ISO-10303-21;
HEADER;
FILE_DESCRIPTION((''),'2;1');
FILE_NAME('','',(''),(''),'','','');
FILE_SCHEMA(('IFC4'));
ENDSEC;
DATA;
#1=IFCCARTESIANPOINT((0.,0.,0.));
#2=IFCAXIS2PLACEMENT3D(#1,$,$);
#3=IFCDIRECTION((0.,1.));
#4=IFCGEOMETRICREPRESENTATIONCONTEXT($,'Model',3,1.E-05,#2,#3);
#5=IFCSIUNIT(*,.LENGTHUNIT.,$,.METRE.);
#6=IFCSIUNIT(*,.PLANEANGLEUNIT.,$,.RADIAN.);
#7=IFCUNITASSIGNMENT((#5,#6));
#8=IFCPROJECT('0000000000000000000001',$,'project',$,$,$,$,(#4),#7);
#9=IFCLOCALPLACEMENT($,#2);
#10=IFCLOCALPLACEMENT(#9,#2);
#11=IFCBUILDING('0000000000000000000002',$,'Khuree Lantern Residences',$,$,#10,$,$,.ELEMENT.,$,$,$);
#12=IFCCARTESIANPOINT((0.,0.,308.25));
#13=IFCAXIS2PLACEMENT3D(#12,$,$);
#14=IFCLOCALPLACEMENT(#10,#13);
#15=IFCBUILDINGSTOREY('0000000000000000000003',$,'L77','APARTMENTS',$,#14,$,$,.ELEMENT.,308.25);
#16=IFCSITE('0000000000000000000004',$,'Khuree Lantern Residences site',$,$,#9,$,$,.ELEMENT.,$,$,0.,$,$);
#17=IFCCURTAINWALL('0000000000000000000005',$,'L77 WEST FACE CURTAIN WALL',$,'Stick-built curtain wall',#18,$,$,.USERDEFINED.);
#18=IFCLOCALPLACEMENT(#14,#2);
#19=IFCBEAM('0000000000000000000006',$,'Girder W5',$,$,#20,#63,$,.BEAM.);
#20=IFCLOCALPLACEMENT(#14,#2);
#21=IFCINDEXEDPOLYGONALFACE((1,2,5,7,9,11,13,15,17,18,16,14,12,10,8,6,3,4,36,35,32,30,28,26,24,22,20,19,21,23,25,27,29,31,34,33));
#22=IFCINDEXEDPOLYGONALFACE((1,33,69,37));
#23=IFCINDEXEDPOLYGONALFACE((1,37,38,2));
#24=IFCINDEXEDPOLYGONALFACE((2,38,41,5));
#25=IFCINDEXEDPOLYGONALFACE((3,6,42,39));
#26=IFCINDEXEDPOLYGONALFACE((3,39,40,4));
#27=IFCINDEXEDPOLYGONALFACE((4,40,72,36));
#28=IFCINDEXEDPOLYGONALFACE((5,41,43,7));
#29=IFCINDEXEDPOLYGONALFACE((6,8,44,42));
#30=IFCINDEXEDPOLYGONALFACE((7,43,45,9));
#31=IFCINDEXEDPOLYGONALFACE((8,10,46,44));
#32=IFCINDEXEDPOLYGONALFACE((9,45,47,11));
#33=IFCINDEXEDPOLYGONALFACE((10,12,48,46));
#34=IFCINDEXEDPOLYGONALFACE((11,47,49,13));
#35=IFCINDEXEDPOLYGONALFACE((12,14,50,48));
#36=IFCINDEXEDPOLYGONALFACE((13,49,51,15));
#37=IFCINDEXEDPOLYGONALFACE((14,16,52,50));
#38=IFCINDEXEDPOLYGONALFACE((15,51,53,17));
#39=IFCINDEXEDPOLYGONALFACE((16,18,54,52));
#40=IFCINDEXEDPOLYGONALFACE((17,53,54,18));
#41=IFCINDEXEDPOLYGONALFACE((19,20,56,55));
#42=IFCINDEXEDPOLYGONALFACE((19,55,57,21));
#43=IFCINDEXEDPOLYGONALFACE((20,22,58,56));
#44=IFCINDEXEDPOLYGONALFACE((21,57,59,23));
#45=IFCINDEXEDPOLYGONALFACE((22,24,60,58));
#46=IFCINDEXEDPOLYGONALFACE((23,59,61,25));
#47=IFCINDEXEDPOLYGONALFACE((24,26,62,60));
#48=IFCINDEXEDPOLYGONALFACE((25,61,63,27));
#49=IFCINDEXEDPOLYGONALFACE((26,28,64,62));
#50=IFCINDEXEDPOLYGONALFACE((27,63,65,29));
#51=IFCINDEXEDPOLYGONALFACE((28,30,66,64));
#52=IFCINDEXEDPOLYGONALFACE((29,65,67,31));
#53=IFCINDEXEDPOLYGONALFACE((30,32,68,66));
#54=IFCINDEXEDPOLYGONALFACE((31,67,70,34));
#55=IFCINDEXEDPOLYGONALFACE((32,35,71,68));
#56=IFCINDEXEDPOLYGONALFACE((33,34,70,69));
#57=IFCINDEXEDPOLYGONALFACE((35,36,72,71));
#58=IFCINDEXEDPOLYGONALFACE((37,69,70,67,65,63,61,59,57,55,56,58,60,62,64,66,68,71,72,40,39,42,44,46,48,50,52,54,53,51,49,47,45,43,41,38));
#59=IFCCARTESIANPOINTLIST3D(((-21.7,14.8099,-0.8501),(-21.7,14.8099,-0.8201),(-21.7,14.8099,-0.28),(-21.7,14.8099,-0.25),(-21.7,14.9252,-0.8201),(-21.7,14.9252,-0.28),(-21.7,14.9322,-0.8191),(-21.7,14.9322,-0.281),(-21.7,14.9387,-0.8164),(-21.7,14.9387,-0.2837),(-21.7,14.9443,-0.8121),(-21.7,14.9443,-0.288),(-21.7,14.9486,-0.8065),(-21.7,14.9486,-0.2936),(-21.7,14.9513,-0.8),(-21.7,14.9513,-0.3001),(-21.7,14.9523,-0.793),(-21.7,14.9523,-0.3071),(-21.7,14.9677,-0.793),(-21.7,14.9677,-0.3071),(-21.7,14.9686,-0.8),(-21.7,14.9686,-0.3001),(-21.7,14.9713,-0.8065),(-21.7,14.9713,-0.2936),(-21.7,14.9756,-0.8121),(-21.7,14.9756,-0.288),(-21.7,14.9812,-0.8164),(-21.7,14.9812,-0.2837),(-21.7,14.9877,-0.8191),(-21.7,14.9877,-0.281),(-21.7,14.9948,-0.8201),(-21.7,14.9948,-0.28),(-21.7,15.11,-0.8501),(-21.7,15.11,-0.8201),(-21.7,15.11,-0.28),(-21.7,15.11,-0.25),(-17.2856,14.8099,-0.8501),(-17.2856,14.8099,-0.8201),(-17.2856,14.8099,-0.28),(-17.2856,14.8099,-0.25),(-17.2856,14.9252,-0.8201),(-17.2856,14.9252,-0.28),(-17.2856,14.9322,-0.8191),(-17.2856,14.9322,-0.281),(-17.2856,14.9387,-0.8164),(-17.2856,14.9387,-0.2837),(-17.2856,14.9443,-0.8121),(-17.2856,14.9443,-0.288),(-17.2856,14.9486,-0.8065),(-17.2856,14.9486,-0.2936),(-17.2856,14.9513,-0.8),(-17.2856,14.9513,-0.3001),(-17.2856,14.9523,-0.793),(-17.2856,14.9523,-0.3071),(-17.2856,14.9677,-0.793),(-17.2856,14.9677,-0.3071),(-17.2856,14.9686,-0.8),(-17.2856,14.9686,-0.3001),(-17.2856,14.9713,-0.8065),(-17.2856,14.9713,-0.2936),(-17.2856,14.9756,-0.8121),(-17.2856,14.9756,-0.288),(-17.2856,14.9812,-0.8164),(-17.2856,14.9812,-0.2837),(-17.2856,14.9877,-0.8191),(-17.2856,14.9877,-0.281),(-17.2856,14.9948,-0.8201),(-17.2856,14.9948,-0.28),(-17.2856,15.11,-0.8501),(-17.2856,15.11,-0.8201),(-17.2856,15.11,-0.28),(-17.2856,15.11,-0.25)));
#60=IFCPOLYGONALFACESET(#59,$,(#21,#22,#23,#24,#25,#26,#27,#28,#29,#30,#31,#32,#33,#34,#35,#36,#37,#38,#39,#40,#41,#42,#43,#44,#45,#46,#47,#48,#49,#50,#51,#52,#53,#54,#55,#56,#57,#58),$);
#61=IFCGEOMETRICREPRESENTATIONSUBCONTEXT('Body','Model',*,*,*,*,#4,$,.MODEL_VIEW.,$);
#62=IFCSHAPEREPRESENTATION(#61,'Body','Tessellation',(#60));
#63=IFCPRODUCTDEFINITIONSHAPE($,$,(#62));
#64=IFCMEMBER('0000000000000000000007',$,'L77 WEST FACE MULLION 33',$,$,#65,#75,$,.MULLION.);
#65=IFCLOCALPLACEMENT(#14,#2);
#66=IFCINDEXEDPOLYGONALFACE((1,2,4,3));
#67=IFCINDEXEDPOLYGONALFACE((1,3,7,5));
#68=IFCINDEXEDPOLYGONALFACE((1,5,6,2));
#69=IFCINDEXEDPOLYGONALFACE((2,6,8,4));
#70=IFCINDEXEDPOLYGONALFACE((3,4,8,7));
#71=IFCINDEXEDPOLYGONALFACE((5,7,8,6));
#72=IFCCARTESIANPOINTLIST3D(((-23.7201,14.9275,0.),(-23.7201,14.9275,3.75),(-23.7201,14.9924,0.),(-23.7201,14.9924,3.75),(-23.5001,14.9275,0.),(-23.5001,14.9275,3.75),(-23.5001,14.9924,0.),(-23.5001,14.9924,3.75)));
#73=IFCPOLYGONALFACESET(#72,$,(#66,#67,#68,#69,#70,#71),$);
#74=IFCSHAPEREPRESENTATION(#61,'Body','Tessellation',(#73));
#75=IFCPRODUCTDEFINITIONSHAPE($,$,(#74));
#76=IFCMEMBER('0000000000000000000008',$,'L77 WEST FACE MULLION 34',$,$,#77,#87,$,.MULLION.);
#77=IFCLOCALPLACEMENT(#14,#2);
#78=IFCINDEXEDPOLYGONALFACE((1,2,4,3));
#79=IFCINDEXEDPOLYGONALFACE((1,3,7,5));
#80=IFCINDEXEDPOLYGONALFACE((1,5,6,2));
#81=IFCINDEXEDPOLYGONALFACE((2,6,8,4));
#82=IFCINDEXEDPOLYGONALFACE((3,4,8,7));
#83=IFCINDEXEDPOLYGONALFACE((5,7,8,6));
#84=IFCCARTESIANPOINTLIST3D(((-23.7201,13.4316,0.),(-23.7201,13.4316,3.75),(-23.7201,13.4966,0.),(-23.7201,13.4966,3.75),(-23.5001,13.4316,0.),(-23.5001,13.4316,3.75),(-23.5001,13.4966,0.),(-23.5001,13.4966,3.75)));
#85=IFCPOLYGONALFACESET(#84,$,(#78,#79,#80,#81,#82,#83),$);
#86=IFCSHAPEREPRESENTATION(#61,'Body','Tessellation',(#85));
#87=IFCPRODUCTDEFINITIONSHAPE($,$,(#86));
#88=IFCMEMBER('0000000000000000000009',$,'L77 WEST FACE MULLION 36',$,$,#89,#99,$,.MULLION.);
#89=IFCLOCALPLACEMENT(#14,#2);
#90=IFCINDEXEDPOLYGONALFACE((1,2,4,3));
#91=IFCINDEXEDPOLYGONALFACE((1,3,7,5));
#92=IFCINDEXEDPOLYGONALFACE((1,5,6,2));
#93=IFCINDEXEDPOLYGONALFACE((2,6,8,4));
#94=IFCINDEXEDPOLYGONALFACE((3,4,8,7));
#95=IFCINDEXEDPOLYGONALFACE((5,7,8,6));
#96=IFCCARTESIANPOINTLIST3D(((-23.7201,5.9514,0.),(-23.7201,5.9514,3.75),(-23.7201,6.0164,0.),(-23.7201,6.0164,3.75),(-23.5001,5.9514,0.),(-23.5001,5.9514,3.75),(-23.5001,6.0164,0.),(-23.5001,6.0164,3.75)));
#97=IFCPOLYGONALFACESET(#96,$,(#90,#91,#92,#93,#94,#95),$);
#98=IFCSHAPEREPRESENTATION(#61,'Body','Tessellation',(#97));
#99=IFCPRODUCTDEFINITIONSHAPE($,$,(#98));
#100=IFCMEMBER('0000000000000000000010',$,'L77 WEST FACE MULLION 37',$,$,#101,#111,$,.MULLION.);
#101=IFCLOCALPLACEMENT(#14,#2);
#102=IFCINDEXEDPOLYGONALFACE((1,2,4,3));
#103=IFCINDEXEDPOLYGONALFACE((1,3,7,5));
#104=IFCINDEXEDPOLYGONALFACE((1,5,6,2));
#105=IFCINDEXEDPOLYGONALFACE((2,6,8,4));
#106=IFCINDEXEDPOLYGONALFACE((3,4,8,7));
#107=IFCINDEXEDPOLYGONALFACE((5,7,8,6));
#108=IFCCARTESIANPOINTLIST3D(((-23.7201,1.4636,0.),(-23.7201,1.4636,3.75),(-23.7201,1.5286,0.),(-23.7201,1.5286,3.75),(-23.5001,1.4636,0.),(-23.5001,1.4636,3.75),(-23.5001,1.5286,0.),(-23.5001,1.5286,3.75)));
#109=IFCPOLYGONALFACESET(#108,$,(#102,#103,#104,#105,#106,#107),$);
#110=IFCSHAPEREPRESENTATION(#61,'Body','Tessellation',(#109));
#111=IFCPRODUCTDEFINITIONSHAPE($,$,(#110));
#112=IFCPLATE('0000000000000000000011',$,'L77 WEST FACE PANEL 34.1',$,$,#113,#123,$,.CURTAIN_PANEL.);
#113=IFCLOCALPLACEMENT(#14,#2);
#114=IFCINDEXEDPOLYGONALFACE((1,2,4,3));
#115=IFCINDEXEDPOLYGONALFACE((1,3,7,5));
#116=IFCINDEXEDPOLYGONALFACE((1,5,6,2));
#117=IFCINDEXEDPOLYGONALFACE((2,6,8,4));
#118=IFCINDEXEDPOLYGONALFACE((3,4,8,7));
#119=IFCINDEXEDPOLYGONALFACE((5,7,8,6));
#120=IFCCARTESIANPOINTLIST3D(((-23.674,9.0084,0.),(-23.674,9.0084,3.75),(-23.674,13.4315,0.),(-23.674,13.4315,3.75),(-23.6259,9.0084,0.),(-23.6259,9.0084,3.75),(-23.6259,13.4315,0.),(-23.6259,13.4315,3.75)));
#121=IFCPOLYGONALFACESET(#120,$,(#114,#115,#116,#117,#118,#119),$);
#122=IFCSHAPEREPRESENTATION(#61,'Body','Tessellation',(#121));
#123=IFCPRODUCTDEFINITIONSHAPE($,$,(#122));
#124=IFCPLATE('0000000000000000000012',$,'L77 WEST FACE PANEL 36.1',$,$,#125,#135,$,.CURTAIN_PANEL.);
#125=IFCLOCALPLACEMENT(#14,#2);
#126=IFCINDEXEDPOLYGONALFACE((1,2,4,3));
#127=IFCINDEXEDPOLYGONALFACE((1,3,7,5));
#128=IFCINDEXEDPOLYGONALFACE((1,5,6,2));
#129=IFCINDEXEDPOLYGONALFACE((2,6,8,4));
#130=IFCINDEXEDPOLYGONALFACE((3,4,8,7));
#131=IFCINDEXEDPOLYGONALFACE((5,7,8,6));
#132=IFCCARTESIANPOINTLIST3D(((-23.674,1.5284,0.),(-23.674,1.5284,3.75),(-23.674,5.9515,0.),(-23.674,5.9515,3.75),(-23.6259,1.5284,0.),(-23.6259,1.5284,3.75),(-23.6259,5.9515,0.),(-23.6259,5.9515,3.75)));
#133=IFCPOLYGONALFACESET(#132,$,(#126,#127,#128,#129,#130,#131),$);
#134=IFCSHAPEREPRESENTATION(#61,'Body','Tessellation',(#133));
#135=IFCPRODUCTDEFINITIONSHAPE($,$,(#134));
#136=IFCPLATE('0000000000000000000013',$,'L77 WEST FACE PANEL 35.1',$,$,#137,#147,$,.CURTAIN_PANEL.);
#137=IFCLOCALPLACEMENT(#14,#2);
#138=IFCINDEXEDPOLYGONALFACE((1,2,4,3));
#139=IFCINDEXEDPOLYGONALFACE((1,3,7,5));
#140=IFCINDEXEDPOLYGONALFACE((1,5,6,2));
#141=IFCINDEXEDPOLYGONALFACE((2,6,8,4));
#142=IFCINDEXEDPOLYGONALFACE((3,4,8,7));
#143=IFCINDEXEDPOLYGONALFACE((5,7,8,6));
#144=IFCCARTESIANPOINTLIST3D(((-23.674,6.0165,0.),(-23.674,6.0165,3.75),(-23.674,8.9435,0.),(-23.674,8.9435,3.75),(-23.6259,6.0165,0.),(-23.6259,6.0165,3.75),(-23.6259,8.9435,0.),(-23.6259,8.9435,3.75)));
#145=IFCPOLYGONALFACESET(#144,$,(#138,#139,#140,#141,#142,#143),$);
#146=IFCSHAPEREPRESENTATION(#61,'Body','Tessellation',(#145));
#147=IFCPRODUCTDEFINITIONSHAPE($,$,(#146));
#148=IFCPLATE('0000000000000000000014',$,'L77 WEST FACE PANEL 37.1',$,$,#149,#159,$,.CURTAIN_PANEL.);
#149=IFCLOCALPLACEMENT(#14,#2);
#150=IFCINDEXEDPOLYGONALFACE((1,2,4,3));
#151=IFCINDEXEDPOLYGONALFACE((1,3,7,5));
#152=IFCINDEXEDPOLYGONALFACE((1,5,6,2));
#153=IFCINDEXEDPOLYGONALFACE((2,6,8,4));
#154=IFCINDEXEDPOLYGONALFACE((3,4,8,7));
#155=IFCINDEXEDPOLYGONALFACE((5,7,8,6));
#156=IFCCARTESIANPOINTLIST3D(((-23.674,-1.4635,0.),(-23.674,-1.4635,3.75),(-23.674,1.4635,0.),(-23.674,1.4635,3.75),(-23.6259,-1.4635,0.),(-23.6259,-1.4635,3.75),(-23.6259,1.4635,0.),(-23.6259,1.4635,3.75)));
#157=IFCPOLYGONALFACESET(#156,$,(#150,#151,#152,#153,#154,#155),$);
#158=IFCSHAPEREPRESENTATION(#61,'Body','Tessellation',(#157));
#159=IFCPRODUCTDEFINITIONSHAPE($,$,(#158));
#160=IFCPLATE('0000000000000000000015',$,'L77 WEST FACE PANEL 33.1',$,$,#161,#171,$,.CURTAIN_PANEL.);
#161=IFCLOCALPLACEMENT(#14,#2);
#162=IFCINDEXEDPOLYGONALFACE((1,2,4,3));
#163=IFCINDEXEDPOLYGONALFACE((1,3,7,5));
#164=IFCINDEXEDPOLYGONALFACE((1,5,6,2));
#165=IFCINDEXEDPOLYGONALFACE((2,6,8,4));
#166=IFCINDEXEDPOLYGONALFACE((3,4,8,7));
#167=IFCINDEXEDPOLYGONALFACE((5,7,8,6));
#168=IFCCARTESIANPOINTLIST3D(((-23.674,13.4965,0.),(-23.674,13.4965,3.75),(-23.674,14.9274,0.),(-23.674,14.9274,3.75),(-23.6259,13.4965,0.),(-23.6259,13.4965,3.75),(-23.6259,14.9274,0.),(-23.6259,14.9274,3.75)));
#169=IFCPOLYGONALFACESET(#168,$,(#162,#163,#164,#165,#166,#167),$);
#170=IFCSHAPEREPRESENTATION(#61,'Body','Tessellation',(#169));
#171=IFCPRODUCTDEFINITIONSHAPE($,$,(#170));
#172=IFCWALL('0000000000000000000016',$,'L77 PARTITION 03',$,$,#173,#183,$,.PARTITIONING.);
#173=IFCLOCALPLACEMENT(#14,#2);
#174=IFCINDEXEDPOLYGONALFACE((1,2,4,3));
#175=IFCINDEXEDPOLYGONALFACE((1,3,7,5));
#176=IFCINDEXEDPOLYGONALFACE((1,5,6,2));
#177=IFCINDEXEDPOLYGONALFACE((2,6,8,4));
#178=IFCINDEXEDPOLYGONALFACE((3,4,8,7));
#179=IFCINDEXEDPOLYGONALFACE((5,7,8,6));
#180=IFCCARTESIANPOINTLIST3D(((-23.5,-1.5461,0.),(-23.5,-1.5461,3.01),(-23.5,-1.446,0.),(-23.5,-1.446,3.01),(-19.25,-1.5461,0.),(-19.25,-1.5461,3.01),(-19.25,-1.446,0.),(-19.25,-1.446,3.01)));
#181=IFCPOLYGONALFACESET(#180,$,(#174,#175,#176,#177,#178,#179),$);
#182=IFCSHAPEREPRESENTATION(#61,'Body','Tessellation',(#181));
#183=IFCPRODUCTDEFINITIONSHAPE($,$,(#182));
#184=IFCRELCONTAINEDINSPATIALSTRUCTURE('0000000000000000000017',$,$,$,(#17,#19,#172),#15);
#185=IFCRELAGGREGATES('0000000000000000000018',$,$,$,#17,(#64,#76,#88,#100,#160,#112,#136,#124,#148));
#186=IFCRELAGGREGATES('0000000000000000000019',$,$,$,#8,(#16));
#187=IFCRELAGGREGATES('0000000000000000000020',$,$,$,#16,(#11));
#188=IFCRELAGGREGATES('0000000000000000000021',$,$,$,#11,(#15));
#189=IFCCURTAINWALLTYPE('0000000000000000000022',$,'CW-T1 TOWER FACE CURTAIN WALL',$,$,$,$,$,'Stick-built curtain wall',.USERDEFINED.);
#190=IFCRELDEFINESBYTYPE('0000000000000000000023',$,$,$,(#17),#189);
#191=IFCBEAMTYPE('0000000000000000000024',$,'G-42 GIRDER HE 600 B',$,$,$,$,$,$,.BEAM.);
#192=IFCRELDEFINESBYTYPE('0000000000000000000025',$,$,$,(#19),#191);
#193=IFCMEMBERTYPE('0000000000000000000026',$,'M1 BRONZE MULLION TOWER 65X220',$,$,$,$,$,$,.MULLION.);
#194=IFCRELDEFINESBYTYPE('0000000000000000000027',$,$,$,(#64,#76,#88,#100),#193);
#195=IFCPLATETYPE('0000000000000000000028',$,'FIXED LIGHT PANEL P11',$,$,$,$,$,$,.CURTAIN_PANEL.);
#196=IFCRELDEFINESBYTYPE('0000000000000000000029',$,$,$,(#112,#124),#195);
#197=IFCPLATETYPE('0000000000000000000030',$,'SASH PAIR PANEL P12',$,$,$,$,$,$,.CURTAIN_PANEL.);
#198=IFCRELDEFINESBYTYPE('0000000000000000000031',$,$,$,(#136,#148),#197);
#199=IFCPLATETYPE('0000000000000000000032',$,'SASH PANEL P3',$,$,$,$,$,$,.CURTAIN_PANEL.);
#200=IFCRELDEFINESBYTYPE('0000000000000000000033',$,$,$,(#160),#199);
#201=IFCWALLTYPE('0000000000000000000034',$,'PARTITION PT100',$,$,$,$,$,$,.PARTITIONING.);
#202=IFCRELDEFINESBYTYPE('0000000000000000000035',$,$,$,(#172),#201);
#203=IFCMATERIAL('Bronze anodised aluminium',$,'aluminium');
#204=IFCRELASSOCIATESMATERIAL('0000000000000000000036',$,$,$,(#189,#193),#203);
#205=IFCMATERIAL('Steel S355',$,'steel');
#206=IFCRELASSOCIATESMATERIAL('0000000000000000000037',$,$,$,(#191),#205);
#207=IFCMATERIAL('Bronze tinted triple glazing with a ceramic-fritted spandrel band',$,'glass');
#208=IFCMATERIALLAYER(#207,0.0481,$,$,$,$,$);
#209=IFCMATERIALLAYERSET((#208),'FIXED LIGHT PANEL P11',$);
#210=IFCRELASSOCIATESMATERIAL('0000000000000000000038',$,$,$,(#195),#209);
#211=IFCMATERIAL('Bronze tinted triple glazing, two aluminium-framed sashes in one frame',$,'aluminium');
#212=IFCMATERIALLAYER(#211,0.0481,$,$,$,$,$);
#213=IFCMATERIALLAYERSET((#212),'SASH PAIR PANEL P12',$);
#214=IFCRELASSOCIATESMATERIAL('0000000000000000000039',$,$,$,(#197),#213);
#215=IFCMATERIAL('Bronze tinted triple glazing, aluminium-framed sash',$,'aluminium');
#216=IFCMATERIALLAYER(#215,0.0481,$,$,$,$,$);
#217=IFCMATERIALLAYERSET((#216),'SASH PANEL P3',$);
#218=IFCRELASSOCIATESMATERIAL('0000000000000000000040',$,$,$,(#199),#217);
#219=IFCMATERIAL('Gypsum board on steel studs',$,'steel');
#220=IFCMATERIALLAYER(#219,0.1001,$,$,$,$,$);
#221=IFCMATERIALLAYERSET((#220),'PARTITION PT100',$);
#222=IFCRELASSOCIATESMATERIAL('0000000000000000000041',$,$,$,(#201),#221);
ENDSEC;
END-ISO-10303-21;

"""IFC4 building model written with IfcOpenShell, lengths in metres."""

from ifc_helpers import new_model, si_unit, direction, frame, frame_2d, origin, origin_2d, place, context, subcontext, project, spatial, rectangle, i_section, extrude, material, layer, layer_set, material_profile, profile_set, type_object, element, aggregate, save


model = new_model("IFC4")

# Units and contexts
model_context = context("Model", 3, precision=1e-05, world=origin(), true_north=direction((0.0, 1.0)))
body_context = subcontext(model_context, "Body", "Model", "MODEL_VIEW")
ifc_project = project(units=[si_unit("LENGTHUNIT", "METRE"), si_unit("PLANEANGLEUNIT", "RADIAN")], contexts=[model_context])

# Site, building, storey
site_placement = place(None, origin())
site = spatial("IfcSite", under=ifc_project, at=site_placement, Name="Khuree Lantern Residences site", CompositionType="ELEMENT", RefElevation=0.0)
building_placement = place(site_placement, origin())
building = spatial("IfcBuilding", under=site, at=building_placement, Name="Khuree Lantern Residences", CompositionType="ELEMENT")
storey_placement = place(building_placement, frame((0.0, 0.0, 308.25)))
storey = spatial("IfcBuildingStorey", under=building, at=storey_placement, Name="L77", Description="APARTMENTS", CompositionType="ELEMENT", Elevation=308.25)

# Shared definitions
ifc_material_1 = material(Name="Steel S355", Category="steel")

# Curtain wall
ifc_material_2 = material(Name="Bronze anodised aluminium", Category="aluminium")
curtain_wall_type = type_object("IfcCurtainWallType", Name="CW-T1 TOWER FACE CURTAIN WALL", ElementType="Stick-built curtain wall", PredefinedType="USERDEFINED", material=ifc_material_2)
curtain_wall_placement = place(storey_placement, origin())
curtain_wall = element("IfcCurtainWall", 1, at=curtain_wall_placement, inside=storey, type_object=curtain_wall_type, Name="L77 WEST FACE CURTAIN WALL", ObjectType="Stick-built curtain wall", PredefinedType="USERDEFINED")

# Beam
ifc_material_profile_1 = material_profile(ifc_material_1, i_section(OverallWidth=0.3, OverallDepth=0.6001, WebThickness=0.0154, FlangeThickness=0.03, FilletRadius=0.0271, at=origin_2d()), Name="HE 600 B")
ifc_profile_set_1 = profile_set([ifc_material_profile_1], Name="Steel S355")
beam_type_1 = type_object("IfcBeamType", Name="G-42 GIRDER HE 600 B", PredefinedType="BEAM", material=ifc_profile_set_1)
beam_placement = place(storey_placement, frame((-21.7, 14.96, -0.55), z_axis=(1.0, 0.0, 0.0), x_axis=(0.0, 1.0, 0.0)))
element("IfcBeam", 2, at=beam_placement, inside=storey, type_object=beam_type_1, Name="Girder W5", PredefinedType="BEAM", context=body_context, shape_type="SweptSolid", body=[
    extrude(i_section(OverallWidth=0.3, OverallDepth=0.6001, WebThickness=0.0154, FlangeThickness=0.03, FilletRadius=0.0271, at=origin_2d()), origin(), (0.0, 0.0, 1.0), 4.4143),
])

# Members
ifc_material_profile_2 = material_profile(ifc_material_2, rectangle(XDim=0.0649, YDim=0.22, at=origin_2d()), Name="M1 65X220")
ifc_profile_set_2 = profile_set([ifc_material_profile_2], Name="Bronze anodised aluminium")
member_type_1 = type_object("IfcMemberType", Name="M1 BRONZE MULLION TOWER 65X220", PredefinedType="MULLION", material=ifc_profile_set_2)
member_1_placement = place(storey_placement, frame((-23.6101, 14.96, 0.0), z_axis=(0.0, 0.0, 1.0), x_axis=(0.0, -1.0, 0.0)))
member_1 = element("IfcMember", 3, at=member_1_placement, type_object=member_type_1, Name="L77 WEST FACE MULLION 33", PredefinedType="MULLION", context=body_context, shape_type="SweptSolid", body=[
    extrude(rectangle(XDim=0.0649, YDim=0.22, at=origin_2d()), origin(), (0.0, 0.0, 1.0), 3.75),
])
member_2_placement = place(storey_placement, frame((-23.6101, 13.4641, 0.0), z_axis=(0.0, 0.0, 1.0), x_axis=(0.0, -1.0, 0.0)))
member_2 = element("IfcMember", 4, at=member_2_placement, type_object=member_type_1, Name="L77 WEST FACE MULLION 34", PredefinedType="MULLION", context=body_context, shape_type="SweptSolid", body=[
    extrude(rectangle(XDim=0.0649, YDim=0.22, at=origin_2d()), origin(), (0.0, 0.0, 1.0), 3.75),
])
member_3_placement = place(storey_placement, frame((-23.6101, 5.9839, 0.0), z_axis=(0.0, 0.0, 1.0), x_axis=(0.0, -1.0, 0.0)))
member_3 = element("IfcMember", 5, at=member_3_placement, type_object=member_type_1, Name="L77 WEST FACE MULLION 36", PredefinedType="MULLION", context=body_context, shape_type="SweptSolid", body=[
    extrude(rectangle(XDim=0.0649, YDim=0.22, at=origin_2d()), origin(), (0.0, 0.0, 1.0), 3.75),
])
member_4_placement = place(storey_placement, frame((-23.6101, 1.4961, 0.0), z_axis=(0.0, 0.0, 1.0), x_axis=(0.0, -1.0, 0.0)))
member_4 = element("IfcMember", 6, at=member_4_placement, type_object=member_type_1, Name="L77 WEST FACE MULLION 37", PredefinedType="MULLION", context=body_context, shape_type="SweptSolid", body=[
    extrude(rectangle(XDim=0.0649, YDim=0.22, at=origin_2d()), origin(), (0.0, 0.0, 1.0), 3.75),
])

# Plates
ifc_material_3 = material(Name="Bronze tinted triple glazing with a ceramic-fritted spandrel band", Category="glass")
ifc_layer_1 = layer(ifc_material_3, 0.0481)
ifc_layer_set_1 = layer_set([ifc_layer_1], Name="FIXED LIGHT PANEL P11")
plate_type_1 = type_object("IfcPlateType", Name="FIXED LIGHT PANEL P11", PredefinedType="CURTAIN_PANEL", material=ifc_layer_set_1)
plate_1_placement = place(storey_placement, frame((-23.6499, 11.22, 0.0), z_axis=(0.0, 0.0, 1.0), x_axis=(0.0, -1.0, 0.0)))
plate_1 = element("IfcPlate", 7, at=plate_1_placement, type_object=plate_type_1, Name="L77 WEST FACE PANEL 34.1", PredefinedType="CURTAIN_PANEL", context=body_context, shape_type="SweptSolid", body=[
    extrude(rectangle(XDim=4.4231, YDim=0.0481, at=origin_2d()), origin(), (0.0, 0.0, 1.0), 3.75),
])
plate_2_placement = place(storey_placement, frame((-23.6499, 3.74, 0.0), z_axis=(0.0, 0.0, 1.0), x_axis=(0.0, -1.0, 0.0)))
plate_2 = element("IfcPlate", 8, at=plate_2_placement, type_object=plate_type_1, Name="L77 WEST FACE PANEL 36.1", PredefinedType="CURTAIN_PANEL", context=body_context, shape_type="SweptSolid", body=[
    extrude(rectangle(XDim=4.4231, YDim=0.0481, at=origin_2d()), origin(), (0.0, 0.0, 1.0), 3.75),
])
ifc_material_4 = material(Name="Bronze tinted triple glazing, two aluminium-framed sashes in one frame", Category="aluminium")
ifc_layer_2 = layer(ifc_material_4, 0.0481)
ifc_layer_set_2 = layer_set([ifc_layer_2], Name="SASH PAIR PANEL P12")
plate_type_2 = type_object("IfcPlateType", Name="SASH PAIR PANEL P12", PredefinedType="CURTAIN_PANEL", material=ifc_layer_set_2)
plate_3_placement = place(storey_placement, frame((-23.6499, 7.48, 0.0), z_axis=(0.0, 0.0, 1.0), x_axis=(0.0, -1.0, 0.0)))
plate_3 = element("IfcPlate", 9, at=plate_3_placement, type_object=plate_type_2, Name="L77 WEST FACE PANEL 35.1", PredefinedType="CURTAIN_PANEL", context=body_context, shape_type="SweptSolid", body=[
    extrude(rectangle(XDim=2.927, YDim=0.0481, at=origin_2d()), origin(), (0.0, 0.0, 1.0), 3.75),
])
plate_4_placement = place(storey_placement, frame((-23.6499, 0.0, 0.0), z_axis=(0.0, 0.0, 1.0), x_axis=(0.0, -1.0, 0.0)))
plate_4 = element("IfcPlate", 10, at=plate_4_placement, type_object=plate_type_2, Name="L77 WEST FACE PANEL 37.1", PredefinedType="CURTAIN_PANEL", context=body_context, shape_type="SweptSolid", body=[
    extrude(rectangle(XDim=2.927, YDim=0.0481, at=origin_2d()), origin(), (0.0, 0.0, 1.0), 3.75),
])
ifc_material_5 = material(Name="Bronze tinted triple glazing, aluminium-framed sash", Category="aluminium")
ifc_layer_3 = layer(ifc_material_5, 0.0481)
ifc_layer_set_3 = layer_set([ifc_layer_3], Name="SASH PANEL P3")
plate_type_3 = type_object("IfcPlateType", Name="SASH PANEL P3", PredefinedType="CURTAIN_PANEL", material=ifc_layer_set_3)
plate_5_placement = place(storey_placement, frame((-23.6499, 14.2119, 0.0), z_axis=(0.0, 0.0, 1.0), x_axis=(0.0, -1.0, 0.0)))
plate_5 = element("IfcPlate", 11, at=plate_5_placement, type_object=plate_type_3, Name="L77 WEST FACE PANEL 33.1", PredefinedType="CURTAIN_PANEL", context=body_context, shape_type="SweptSolid", body=[
    extrude(rectangle(XDim=1.4309, YDim=0.0481, at=origin_2d()), origin(), (0.0, 0.0, 1.0), 3.75),
])
aggregate(curtain_wall, [member_1, member_2, member_3, member_4, plate_5, plate_1, plate_3, plate_2, plate_4])

# Wall
ifc_material_6 = material(Name="Gypsum board on steel studs", Category="steel")
ifc_layer_4 = layer(ifc_material_6, 0.1001)
ifc_layer_set_4 = layer_set([ifc_layer_4], Name="PARTITION PT100")
wall_type = type_object("IfcWallType", Name="PARTITION PT100", PredefinedType="PARTITIONING", material=ifc_layer_set_4)
wall_placement = place(storey_placement, frame((-19.25, -1.4961, 0.0), z_axis=(0.0, 0.0, 1.0), x_axis=(-1.0, 0.0, 0.0)))
element("IfcWall", 12, at=wall_placement, inside=storey, type_object=wall_type, Name="L77 PARTITION 03", PredefinedType="PARTITIONING", context=body_context, shape_type="SweptSolid", body=[
    extrude(rectangle(XDim=4.25, YDim=0.1001, at=frame_2d((2.125, 0.0))), origin(), (0.0, 0.0, 1.0), 3.01),
])

save(model, "model.ifc")
